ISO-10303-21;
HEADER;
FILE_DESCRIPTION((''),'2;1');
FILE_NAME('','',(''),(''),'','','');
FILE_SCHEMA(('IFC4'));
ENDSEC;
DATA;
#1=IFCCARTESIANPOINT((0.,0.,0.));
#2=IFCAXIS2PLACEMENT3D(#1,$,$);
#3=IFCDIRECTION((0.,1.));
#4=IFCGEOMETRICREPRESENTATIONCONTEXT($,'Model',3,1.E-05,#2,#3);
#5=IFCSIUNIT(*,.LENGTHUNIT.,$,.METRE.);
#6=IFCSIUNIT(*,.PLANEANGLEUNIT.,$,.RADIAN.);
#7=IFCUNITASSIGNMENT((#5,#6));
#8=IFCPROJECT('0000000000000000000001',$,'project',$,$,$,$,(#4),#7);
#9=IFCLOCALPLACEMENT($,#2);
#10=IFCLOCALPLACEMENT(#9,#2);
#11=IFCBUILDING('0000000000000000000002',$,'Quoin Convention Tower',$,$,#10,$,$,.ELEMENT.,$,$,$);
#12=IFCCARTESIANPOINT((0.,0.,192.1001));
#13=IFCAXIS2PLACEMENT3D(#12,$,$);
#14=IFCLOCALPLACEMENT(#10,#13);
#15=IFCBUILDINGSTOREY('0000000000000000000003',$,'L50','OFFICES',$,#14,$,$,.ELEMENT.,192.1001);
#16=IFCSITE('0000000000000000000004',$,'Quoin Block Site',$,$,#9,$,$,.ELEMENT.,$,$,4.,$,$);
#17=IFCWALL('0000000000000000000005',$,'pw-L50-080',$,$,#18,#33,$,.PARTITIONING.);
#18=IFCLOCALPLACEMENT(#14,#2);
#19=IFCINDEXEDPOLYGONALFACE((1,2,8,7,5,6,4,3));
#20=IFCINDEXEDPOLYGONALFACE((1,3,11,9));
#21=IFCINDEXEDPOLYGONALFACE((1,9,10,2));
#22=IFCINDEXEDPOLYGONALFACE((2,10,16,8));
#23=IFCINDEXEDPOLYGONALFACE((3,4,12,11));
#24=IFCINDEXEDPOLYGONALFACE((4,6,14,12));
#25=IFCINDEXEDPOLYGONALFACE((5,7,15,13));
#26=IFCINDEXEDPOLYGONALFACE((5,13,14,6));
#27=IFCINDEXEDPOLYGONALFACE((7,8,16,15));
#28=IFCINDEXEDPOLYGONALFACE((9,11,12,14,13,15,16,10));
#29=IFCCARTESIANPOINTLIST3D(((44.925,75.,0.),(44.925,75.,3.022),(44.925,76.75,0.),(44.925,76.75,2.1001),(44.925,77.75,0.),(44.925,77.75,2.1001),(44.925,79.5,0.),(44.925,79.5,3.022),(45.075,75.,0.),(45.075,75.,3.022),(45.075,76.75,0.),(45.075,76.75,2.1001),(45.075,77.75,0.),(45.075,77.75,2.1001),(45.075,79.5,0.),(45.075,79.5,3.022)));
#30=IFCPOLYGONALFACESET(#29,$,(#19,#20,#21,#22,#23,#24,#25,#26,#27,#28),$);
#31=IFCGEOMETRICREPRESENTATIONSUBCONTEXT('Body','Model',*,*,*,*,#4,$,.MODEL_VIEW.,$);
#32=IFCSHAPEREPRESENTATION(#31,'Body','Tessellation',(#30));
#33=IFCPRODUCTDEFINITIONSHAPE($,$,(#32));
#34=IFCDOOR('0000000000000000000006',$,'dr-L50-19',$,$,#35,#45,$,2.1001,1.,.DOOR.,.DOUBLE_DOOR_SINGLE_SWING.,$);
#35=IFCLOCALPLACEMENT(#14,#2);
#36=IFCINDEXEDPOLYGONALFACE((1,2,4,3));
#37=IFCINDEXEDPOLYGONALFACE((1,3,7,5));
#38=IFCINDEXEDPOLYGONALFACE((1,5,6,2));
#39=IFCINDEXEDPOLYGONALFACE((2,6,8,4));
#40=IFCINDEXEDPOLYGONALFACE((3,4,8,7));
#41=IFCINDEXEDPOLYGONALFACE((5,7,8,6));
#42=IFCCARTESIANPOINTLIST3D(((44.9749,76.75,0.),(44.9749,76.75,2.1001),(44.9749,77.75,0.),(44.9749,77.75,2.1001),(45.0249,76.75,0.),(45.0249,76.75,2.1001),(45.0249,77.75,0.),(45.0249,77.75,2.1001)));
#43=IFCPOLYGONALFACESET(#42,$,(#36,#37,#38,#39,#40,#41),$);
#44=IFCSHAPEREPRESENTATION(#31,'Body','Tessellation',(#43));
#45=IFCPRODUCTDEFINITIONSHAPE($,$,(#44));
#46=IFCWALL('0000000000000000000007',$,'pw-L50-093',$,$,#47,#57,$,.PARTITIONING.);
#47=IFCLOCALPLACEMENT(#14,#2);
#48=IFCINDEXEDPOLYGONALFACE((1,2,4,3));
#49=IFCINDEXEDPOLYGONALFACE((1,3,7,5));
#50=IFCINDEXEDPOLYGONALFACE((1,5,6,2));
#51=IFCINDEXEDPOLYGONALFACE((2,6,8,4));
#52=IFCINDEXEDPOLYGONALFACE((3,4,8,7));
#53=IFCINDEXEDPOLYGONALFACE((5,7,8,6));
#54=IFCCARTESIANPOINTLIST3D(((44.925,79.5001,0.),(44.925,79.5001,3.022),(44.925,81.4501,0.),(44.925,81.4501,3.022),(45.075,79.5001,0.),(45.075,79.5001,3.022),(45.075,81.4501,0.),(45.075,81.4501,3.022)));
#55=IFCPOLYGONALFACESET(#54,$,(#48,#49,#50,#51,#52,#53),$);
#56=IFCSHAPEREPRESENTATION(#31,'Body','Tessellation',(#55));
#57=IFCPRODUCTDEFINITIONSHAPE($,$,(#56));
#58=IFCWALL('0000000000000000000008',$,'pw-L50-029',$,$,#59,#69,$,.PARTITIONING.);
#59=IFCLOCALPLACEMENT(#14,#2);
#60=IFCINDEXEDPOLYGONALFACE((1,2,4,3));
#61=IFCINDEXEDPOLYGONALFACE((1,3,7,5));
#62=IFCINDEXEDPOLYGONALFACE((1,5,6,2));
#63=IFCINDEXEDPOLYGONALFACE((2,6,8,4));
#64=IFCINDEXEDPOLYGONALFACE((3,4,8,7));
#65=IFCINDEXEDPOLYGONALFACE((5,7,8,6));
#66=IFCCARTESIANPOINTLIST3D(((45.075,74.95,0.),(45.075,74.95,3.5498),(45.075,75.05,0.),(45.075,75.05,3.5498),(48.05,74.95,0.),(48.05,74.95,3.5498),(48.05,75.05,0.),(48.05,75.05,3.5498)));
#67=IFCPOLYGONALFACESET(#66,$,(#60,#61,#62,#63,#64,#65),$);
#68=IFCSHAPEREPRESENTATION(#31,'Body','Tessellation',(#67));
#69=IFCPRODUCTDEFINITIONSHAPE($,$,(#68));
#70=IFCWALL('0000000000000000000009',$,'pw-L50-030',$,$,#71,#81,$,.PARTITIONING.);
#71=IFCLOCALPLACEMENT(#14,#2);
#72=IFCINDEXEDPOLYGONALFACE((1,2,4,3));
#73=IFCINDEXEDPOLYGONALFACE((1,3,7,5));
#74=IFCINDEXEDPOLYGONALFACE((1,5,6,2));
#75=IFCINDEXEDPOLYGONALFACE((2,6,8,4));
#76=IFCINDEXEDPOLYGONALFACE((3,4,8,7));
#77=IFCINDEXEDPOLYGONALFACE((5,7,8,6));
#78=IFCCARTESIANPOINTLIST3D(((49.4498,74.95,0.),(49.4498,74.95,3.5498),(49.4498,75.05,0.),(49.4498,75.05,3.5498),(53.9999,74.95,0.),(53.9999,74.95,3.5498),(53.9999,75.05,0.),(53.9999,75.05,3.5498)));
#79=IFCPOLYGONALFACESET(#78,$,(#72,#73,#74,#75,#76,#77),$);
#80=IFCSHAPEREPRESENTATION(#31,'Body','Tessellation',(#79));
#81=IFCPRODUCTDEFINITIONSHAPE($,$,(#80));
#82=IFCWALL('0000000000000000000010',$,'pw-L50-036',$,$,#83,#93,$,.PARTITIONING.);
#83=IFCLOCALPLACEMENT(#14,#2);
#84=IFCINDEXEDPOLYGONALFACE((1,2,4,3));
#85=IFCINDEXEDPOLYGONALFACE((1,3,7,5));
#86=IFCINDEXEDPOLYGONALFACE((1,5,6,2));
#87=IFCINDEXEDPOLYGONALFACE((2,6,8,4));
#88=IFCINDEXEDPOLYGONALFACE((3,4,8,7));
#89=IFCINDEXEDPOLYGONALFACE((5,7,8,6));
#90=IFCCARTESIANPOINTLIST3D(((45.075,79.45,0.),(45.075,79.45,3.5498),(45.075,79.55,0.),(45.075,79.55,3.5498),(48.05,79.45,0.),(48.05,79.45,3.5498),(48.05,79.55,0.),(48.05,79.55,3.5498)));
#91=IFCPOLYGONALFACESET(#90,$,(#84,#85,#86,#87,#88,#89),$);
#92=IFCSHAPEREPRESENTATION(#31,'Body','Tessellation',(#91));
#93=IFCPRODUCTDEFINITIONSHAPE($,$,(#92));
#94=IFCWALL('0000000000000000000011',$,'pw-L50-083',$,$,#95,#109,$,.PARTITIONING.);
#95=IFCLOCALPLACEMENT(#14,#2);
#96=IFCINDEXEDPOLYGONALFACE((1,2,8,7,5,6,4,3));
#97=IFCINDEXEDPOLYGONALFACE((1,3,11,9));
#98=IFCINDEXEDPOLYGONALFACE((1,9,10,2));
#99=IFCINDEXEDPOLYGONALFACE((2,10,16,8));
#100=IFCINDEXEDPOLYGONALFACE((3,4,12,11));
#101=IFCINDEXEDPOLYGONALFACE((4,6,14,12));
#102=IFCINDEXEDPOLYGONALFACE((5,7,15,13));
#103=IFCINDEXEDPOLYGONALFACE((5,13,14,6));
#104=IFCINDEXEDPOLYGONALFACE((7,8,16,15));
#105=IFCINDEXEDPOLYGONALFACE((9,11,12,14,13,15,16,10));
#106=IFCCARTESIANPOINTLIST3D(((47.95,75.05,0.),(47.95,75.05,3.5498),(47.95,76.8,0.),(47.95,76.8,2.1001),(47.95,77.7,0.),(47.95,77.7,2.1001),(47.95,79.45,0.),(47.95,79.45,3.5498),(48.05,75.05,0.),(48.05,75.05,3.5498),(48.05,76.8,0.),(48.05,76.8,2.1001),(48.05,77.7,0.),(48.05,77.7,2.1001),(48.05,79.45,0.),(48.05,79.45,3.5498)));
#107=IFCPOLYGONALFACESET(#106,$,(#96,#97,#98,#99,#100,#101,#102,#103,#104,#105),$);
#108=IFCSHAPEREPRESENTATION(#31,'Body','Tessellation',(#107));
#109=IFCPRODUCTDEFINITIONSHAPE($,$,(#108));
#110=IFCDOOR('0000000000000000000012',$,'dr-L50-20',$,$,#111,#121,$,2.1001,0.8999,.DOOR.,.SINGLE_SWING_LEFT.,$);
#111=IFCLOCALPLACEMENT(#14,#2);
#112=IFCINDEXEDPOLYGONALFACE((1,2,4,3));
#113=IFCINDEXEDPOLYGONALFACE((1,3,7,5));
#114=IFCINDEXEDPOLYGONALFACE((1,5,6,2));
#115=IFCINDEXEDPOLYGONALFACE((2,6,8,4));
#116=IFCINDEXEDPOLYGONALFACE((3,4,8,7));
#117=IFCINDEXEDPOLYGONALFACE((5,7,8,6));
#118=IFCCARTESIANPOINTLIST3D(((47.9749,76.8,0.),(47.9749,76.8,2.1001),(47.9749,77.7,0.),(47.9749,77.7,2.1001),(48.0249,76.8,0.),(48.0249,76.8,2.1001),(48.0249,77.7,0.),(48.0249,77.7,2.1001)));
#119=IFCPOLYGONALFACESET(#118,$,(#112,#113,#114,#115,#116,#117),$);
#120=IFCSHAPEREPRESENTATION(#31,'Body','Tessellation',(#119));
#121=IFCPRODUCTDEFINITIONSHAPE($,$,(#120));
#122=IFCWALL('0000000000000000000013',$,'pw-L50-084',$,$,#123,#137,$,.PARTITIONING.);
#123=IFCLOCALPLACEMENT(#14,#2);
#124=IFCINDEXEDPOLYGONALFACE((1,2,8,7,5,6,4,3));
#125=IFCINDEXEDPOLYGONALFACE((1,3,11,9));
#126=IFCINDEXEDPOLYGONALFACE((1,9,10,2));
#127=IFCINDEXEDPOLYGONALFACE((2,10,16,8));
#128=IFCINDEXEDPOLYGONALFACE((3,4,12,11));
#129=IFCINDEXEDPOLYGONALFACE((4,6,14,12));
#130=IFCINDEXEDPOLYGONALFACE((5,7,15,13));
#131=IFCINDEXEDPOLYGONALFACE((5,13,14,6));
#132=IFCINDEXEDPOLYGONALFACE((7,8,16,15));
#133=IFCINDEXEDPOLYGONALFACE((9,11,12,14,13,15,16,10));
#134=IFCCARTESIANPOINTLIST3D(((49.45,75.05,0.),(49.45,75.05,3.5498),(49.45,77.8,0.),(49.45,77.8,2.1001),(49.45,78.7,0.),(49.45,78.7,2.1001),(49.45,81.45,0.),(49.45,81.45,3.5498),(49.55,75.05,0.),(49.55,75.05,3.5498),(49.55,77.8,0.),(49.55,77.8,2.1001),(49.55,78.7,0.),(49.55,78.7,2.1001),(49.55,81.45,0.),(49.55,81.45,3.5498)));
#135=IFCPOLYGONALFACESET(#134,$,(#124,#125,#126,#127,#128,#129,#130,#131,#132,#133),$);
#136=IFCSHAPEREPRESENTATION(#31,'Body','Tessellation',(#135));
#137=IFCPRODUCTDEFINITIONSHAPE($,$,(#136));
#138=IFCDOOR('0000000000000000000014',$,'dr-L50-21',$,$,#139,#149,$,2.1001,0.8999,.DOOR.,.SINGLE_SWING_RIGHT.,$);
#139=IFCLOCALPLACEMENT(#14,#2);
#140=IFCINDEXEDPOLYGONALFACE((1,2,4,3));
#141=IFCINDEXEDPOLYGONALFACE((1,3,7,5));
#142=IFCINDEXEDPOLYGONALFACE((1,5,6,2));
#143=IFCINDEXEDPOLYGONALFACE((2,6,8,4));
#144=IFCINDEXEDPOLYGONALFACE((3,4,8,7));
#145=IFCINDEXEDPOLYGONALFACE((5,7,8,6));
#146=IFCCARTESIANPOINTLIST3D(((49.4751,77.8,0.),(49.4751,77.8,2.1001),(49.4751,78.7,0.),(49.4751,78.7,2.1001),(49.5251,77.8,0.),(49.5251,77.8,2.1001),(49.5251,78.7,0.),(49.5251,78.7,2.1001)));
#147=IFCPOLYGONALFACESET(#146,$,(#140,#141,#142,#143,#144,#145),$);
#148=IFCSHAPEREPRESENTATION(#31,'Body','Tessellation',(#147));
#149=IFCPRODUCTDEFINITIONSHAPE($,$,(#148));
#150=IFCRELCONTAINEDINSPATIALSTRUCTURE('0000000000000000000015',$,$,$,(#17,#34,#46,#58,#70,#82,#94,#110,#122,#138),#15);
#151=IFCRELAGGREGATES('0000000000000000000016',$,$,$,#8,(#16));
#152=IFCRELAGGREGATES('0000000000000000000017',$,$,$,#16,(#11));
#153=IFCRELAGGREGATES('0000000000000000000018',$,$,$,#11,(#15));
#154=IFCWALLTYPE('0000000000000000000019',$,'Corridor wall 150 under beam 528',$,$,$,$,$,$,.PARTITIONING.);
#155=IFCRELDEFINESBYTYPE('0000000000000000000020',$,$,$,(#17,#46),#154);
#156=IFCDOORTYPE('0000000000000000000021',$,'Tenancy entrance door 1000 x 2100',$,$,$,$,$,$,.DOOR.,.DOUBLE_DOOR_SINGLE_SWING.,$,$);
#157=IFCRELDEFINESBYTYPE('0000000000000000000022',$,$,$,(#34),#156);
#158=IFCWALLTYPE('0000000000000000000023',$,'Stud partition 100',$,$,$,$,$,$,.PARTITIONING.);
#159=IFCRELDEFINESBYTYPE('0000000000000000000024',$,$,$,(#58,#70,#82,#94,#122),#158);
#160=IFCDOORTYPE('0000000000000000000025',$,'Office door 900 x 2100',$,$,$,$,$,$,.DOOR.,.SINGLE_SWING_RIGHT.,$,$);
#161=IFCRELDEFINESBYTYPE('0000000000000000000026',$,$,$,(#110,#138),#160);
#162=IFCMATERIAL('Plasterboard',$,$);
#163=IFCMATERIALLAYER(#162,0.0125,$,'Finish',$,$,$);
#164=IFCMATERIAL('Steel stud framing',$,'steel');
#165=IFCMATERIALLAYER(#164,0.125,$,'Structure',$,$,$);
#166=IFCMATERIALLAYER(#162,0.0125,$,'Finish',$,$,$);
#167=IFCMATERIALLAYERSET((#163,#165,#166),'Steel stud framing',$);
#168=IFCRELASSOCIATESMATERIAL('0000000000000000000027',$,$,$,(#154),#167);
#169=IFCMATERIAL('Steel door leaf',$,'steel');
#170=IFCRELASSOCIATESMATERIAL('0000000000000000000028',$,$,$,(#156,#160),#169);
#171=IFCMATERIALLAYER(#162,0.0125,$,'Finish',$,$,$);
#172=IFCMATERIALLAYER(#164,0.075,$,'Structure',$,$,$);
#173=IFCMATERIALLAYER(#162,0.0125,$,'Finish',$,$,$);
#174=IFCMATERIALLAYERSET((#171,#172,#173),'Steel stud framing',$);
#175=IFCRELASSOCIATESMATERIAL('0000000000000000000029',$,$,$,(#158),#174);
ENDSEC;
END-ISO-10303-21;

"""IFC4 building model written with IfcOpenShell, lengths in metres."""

from ifc_helpers import new_model, si_unit, direction, frame, frame_2d, origin, place, context, subcontext, project, spatial, rectangle, extrude, material, layer, layer_set, type_object, element, fill, save


model = new_model("IFC4")

# Units and contexts
model_context = context("Model", 3, precision=1e-05, world=origin(), true_north=direction((0.0, 1.0)))
body_context = subcontext(model_context, "Body", "Model", "MODEL_VIEW")
ifc_project = project(units=[si_unit("LENGTHUNIT", "METRE"), si_unit("PLANEANGLEUNIT", "RADIAN")], contexts=[model_context])

# Site, building, storey
site_placement = place(None, origin())
site = spatial("IfcSite", under=ifc_project, at=site_placement, Name="Quoin Block Site", CompositionType="ELEMENT", RefElevation=4.0)
building_placement = place(site_placement, origin())
building = spatial("IfcBuilding", under=site, at=building_placement, Name="Quoin Convention Tower", CompositionType="ELEMENT")
storey_placement = place(building_placement, frame((0.0, 0.0, 192.1001)))
storey = spatial("IfcBuildingStorey", under=building, at=storey_placement, Name="L50", Description="OFFICES", CompositionType="ELEMENT", Elevation=192.1001)

# Shared definitions
ifc_material_1 = material(Name="Plasterboard")
ifc_material_2 = material(Name="Steel stud framing", Category="steel")
ifc_layer_1 = layer(ifc_material_1, 0.0125, Name="Finish")
ifc_layer_2 = layer(ifc_material_2, 0.125, Name="Structure")
ifc_layer_3 = layer(ifc_material_1, 0.0125, Name="Finish")
ifc_layer_set_1 = layer_set([ifc_layer_1, ifc_layer_2, ifc_layer_3], Name="Steel stud framing")
wall_type_1 = type_object("IfcWallType", Name="Corridor wall 150 under beam 528", PredefinedType="PARTITIONING", material=ifc_layer_set_1)

# Wall, opening, door
wall_1_placement = place(storey_placement, frame((45.0, 75.0, 0.0), z_axis=(0.0, 0.0, 1.0), x_axis=(0.0, 1.0, 0.0)))
wall_1 = element("IfcWall", 1, at=wall_1_placement, inside=storey, type_object=wall_type_1, Name="pw-L50-080", PredefinedType="PARTITIONING", context=body_context, shape_type="SweptSolid", body=[
    extrude(rectangle(XDim=4.5, YDim=0.1499, at=frame_2d((2.25, 0.0))), origin(), (0.0, 0.0, 1.0), 3.022),
])
opening_1_placement = place(wall_1_placement, frame((1.75, 0.0, 0.0)))
opening_1 = element("IfcOpeningElement", 2, at=opening_1_placement, cuts=wall_1, PredefinedType="OPENING", context=body_context, shape_type="SweptSolid", body=[
    extrude(rectangle(XDim=1.0, YDim=2.1001, at=frame_2d((0.5, 1.05))), frame((0.0, 0.085, 0.0), z_axis=(0.0, -1.0, 0.0), x_axis=(1.0, 0.0, 0.0)), (0.0, 0.0, 1.0), 0.1699),
])
ifc_material_3 = material(Name="Steel door leaf", Category="steel")
door_type_1 = type_object("IfcDoorType", Name="Tenancy entrance door 1000 x 2100", OperationType="DOUBLE_DOOR_SINGLE_SWING", PredefinedType="DOOR", material=ifc_material_3)
door_1_placement = place(opening_1_placement, frame((1.0, 0.0, 0.0), z_axis=(0.0, 0.0, 1.0), x_axis=(-1.0, 0.0, 0.0)))
door_1 = element("IfcDoor", 3, at=door_1_placement, inside=storey, type_object=door_type_1, Name="dr-L50-19", OperationType="DOUBLE_DOOR_SINGLE_SWING", OverallHeight=2.1001, OverallWidth=1.0, PredefinedType="DOOR", context=body_context, shape_type="SweptSolid", body=[
    extrude(rectangle(XDim=1.0, YDim=2.1001, at=frame_2d((0.5, 1.05))), frame((0.0, 0.0249, 0.0), z_axis=(0.0, -1.0, 0.0), x_axis=(1.0, 0.0, 0.0)), (0.0, 0.0, 1.0), 0.05),
])
fill(opening_1, door_1)

# Walls
wall_2_placement = place(storey_placement, frame((45.0, 79.5, 0.0), z_axis=(0.0, 0.0, 1.0), x_axis=(0.0, 1.0, 0.0)))
element("IfcWall", 4, at=wall_2_placement, inside=storey, type_object=wall_type_1, Name="pw-L50-093", PredefinedType="PARTITIONING", context=body_context, shape_type="SweptSolid", body=[
    extrude(rectangle(XDim=1.95, YDim=0.1499, at=frame_2d((0.9751, 0.0))), origin(), (0.0, 0.0, 1.0), 3.022),
])
ifc_layer_4 = layer(ifc_material_1, 0.0125, Name="Finish")
ifc_layer_5 = layer(ifc_material_2, 0.075, Name="Structure")
ifc_layer_6 = layer(ifc_material_1, 0.0125, Name="Finish")
ifc_layer_set_2 = layer_set([ifc_layer_4, ifc_layer_5, ifc_layer_6], Name="Steel stud framing")
wall_type_2 = type_object("IfcWallType", Name="Stud partition 100", PredefinedType="PARTITIONING", material=ifc_layer_set_2)
wall_3_placement = place(storey_placement, frame((45.075, 75.0, 0.0), z_axis=(0.0, 0.0, 1.0), x_axis=(1.0, 0.0, 0.0)))
element("IfcWall", 5, at=wall_3_placement, inside=storey, type_object=wall_type_2, Name="pw-L50-029", PredefinedType="PARTITIONING", context=body_context, shape_type="SweptSolid", body=[
    extrude(rectangle(XDim=2.9751, YDim=0.1001, at=frame_2d((1.4875, 0.0))), origin(), (0.0, 0.0, 1.0), 3.5498),
])
wall_4_placement = place(storey_placement, frame((49.45, 75.0, 0.0), z_axis=(0.0, 0.0, 1.0), x_axis=(1.0, 0.0, 0.0)))
element("IfcWall", 6, at=wall_4_placement, inside=storey, type_object=wall_type_2, Name="pw-L50-030", PredefinedType="PARTITIONING", context=body_context, shape_type="SweptSolid", body=[
    extrude(rectangle(XDim=4.55, YDim=0.1001, at=frame_2d((2.2749, 0.0))), origin(), (0.0, 0.0, 1.0), 3.5498),
])
wall_5_placement = place(storey_placement, frame((45.075, 79.5, 0.0), z_axis=(0.0, 0.0, 1.0), x_axis=(1.0, 0.0, 0.0)))
element("IfcWall", 7, at=wall_5_placement, inside=storey, type_object=wall_type_2, Name="pw-L50-036", PredefinedType="PARTITIONING", context=body_context, shape_type="SweptSolid", body=[
    extrude(rectangle(XDim=2.9751, YDim=0.1001, at=frame_2d((1.4875, 0.0))), origin(), (0.0, 0.0, 1.0), 3.5498),
])

# Walls, openings, doors
wall_6_placement = place(storey_placement, frame((48.0, 75.05, 0.0), z_axis=(0.0, 0.0, 1.0), x_axis=(0.0, 1.0, 0.0)))
wall_6 = element("IfcWall", 8, at=wall_6_placement, inside=storey, type_object=wall_type_2, Name="pw-L50-083", PredefinedType="PARTITIONING", context=body_context, shape_type="SweptSolid", body=[
    extrude(rectangle(XDim=4.3999, YDim=0.1001, at=frame_2d((2.2, 0.0))), origin(), (0.0, 0.0, 1.0), 3.5498),
])
opening_2_placement = place(wall_6_placement, frame((1.75, 0.0, 0.0)))
opening_2 = element("IfcOpeningElement", 9, at=opening_2_placement, cuts=wall_6, PredefinedType="OPENING", context=body_context, shape_type="SweptSolid", body=[
    extrude(rectangle(XDim=0.8999, YDim=2.1001, at=frame_2d((0.45, 1.05))), frame((0.0, 0.0601, 0.0), z_axis=(0.0, -1.0, 0.0), x_axis=(1.0, 0.0, 0.0)), (0.0, 0.0, 1.0), 0.1201),
])
door_type_2 = type_object("IfcDoorType", Name="Office door 900 x 2100", OperationType="SINGLE_SWING_RIGHT", PredefinedType="DOOR", material=ifc_material_3)
door_2_placement = place(opening_2_placement, frame((0.8999, 0.0, 0.0), z_axis=(0.0, 0.0, 1.0), x_axis=(-1.0, 0.0, 0.0)))
door_2 = element("IfcDoor", 10, at=door_2_placement, inside=storey, type_object=door_type_2, Name="dr-L50-20", OperationType="SINGLE_SWING_LEFT", OverallHeight=2.1001, OverallWidth=0.8999, PredefinedType="DOOR", context=body_context, shape_type="SweptSolid", body=[
    extrude(rectangle(XDim=0.8999, YDim=2.1001, at=frame_2d((0.45, 1.05))), frame((0.0, 0.0249, 0.0), z_axis=(0.0, -1.0, 0.0), x_axis=(1.0, 0.0, 0.0)), (0.0, 0.0, 1.0), 0.05),
])
fill(opening_2, door_2)
wall_7_placement = place(storey_placement, frame((49.5, 75.05, 0.0), z_axis=(0.0, 0.0, 1.0), x_axis=(0.0, 1.0, 0.0)))
wall_7 = element("IfcWall", 11, at=wall_7_placement, inside=storey, type_object=wall_type_2, Name="pw-L50-084", PredefinedType="PARTITIONING", context=body_context, shape_type="SweptSolid", body=[
    extrude(rectangle(XDim=6.3999, YDim=0.1001, at=frame_2d((3.2, 0.0))), origin(), (0.0, 0.0, 1.0), 3.5498),
])
opening_3_placement = place(wall_7_placement, frame((2.75, 0.0, 0.0)))
opening_3 = element("IfcOpeningElement", 12, at=opening_3_placement, cuts=wall_7, PredefinedType="OPENING", context=body_context, shape_type="SweptSolid", body=[
    extrude(rectangle(XDim=0.8999, YDim=2.1001, at=frame_2d((0.45, 1.05))), frame((0.0, 0.0601, 0.0), z_axis=(0.0, -1.0, 0.0), x_axis=(1.0, 0.0, 0.0)), (0.0, 0.0, 1.0), 0.1201),
])
door_3_placement = place(opening_3_placement, origin())
door_3 = element("IfcDoor", 13, at=door_3_placement, inside=storey, type_object=door_type_2, Name="dr-L50-21", OperationType="SINGLE_SWING_RIGHT", OverallHeight=2.1001, OverallWidth=0.8999, PredefinedType="DOOR", context=body_context, shape_type="SweptSolid", body=[
    extrude(rectangle(XDim=0.8999, YDim=2.1001, at=frame_2d((0.45, 1.05))), frame((0.0, 0.0249, 0.0), z_axis=(0.0, -1.0, 0.0), x_axis=(1.0, 0.0, 0.0)), (0.0, 0.0, 1.0), 0.05),
])
fill(opening_3, door_3)

save(model, "model.ifc")
